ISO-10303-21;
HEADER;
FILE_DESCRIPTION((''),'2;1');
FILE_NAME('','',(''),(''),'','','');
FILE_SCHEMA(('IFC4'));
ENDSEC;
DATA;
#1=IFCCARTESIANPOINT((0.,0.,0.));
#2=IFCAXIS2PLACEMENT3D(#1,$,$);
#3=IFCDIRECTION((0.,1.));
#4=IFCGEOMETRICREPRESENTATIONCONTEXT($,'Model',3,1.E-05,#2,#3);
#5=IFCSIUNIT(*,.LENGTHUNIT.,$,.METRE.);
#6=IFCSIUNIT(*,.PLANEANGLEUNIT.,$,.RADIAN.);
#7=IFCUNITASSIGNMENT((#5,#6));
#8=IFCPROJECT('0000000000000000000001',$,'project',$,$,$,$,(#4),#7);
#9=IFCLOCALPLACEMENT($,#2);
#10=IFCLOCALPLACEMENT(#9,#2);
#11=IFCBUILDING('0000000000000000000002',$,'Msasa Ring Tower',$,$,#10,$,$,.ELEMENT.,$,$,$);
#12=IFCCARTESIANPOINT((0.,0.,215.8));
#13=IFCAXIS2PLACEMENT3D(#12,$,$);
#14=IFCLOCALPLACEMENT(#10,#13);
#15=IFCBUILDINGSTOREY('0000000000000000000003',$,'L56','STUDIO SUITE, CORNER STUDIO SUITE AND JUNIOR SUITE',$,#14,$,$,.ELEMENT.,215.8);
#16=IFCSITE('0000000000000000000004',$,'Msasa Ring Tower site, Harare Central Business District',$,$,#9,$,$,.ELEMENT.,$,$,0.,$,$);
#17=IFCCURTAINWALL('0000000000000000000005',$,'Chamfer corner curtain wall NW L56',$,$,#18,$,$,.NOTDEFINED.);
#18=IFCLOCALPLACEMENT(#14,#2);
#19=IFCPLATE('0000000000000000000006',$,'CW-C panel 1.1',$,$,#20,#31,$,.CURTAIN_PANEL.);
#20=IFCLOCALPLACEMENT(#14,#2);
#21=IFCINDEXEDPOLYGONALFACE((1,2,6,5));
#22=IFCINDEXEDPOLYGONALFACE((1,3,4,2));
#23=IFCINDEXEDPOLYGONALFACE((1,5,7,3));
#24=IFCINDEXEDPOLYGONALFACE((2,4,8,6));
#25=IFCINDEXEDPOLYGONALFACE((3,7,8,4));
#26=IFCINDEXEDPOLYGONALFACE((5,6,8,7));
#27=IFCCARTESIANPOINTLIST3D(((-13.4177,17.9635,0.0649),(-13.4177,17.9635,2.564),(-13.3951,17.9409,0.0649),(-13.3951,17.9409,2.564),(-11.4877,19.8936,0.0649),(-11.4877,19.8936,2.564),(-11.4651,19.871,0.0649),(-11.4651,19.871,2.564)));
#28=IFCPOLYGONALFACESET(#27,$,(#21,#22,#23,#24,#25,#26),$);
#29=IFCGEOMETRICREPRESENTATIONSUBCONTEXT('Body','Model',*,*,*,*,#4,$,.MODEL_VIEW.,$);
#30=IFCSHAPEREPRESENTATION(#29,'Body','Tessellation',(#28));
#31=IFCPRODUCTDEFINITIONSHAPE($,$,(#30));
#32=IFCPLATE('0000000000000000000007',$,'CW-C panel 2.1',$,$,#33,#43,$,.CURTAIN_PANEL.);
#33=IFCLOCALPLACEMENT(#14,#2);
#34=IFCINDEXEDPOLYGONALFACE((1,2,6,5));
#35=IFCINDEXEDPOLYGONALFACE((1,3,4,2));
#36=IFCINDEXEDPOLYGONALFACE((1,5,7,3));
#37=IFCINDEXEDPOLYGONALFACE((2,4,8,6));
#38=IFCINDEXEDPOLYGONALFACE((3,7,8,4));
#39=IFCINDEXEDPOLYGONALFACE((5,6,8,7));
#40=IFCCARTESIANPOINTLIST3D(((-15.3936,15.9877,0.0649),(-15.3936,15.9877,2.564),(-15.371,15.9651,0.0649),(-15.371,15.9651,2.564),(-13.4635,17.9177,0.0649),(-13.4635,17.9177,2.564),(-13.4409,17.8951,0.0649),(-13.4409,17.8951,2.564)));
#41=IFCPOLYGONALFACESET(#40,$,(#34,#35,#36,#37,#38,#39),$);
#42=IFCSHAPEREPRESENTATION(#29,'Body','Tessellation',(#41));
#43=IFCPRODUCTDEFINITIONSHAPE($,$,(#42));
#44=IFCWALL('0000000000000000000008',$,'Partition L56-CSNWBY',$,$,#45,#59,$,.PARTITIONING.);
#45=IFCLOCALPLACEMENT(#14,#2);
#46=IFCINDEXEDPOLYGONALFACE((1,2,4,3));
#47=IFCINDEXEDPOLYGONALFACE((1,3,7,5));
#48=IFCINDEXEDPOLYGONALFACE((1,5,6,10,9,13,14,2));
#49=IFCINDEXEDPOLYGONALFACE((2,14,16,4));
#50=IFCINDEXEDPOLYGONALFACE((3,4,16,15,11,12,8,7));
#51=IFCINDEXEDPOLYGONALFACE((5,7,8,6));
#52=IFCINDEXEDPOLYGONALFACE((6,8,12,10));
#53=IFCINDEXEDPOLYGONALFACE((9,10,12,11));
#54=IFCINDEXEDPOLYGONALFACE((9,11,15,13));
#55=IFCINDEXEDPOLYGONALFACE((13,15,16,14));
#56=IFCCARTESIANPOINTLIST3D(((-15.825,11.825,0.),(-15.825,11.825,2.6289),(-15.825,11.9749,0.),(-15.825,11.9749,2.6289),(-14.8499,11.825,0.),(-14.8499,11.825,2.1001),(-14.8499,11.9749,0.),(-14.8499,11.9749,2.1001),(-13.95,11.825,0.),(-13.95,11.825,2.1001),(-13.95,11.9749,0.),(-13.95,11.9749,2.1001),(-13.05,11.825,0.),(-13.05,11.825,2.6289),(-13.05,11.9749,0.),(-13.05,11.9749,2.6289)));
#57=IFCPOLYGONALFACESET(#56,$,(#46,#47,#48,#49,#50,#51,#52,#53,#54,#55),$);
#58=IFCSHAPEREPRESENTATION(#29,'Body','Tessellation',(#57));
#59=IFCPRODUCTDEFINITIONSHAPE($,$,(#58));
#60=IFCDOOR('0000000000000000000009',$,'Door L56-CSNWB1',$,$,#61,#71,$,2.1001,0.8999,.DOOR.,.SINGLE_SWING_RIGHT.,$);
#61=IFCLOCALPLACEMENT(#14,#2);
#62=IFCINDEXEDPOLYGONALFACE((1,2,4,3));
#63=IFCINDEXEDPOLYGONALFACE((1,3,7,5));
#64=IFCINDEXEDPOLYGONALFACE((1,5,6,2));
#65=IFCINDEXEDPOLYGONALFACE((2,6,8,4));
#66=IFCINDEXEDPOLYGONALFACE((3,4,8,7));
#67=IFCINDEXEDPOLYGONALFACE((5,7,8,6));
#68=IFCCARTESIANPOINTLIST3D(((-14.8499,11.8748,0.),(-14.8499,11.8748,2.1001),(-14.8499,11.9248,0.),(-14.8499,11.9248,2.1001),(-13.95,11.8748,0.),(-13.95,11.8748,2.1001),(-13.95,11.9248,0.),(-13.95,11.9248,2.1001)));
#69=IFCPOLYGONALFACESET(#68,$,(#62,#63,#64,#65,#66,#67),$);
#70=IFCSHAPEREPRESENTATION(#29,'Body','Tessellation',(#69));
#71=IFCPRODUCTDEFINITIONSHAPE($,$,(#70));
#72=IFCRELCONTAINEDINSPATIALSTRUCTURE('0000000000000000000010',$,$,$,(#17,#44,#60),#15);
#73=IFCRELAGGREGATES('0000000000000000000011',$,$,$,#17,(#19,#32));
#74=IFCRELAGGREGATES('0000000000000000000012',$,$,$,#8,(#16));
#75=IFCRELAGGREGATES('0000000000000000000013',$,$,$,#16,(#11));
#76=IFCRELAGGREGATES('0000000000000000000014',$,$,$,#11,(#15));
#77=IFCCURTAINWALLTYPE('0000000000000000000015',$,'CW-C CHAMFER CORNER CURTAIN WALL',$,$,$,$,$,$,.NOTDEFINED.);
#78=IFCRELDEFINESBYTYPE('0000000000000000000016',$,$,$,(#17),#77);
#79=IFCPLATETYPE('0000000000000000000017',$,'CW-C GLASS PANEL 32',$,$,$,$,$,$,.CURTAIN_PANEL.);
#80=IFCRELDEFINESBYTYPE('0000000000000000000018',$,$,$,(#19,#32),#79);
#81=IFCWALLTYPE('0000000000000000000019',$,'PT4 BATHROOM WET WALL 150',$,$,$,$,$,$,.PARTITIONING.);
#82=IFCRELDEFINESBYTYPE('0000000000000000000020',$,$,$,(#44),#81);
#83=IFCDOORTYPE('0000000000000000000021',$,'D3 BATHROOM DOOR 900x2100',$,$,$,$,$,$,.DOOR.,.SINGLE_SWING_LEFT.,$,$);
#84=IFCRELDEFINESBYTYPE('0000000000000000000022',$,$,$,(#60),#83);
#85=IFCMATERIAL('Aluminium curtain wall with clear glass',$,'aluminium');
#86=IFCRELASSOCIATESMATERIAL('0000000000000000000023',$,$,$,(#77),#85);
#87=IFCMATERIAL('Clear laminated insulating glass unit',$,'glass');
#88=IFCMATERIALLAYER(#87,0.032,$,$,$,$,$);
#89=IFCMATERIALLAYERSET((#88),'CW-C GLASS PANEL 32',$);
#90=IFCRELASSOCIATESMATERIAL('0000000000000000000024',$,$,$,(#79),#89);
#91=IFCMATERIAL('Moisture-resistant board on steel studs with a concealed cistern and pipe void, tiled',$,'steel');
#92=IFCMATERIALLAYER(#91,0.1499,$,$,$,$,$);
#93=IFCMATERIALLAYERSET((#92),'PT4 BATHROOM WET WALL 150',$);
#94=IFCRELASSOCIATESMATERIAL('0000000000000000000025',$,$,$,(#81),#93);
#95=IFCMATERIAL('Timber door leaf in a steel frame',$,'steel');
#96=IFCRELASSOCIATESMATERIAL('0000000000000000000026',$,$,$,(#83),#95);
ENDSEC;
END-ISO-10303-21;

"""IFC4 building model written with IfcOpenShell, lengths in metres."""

from ifc_helpers import new_model, si_unit, direction, frame, frame_2d, origin, origin_2d, place, context, subcontext, project, spatial, rectangle, extrude, material, layer, layer_set, type_object, element, fill, aggregate, save


model = new_model("IFC4")

# Units and contexts
model_context = context("Model", 3, precision=1e-05, world=origin(), true_north=direction((0.0, 1.0)))
body_context = subcontext(model_context, "Body", "Model", "MODEL_VIEW")
ifc_project = project(units=[si_unit("LENGTHUNIT", "METRE"), si_unit("PLANEANGLEUNIT", "RADIAN")], contexts=[model_context])

# Site, building, storey
site_placement = place(None, origin())
site = spatial("IfcSite", under=ifc_project, at=site_placement, Name="Msasa Ring Tower site, Harare Central Business District", CompositionType="ELEMENT", RefElevation=0.0)
building_placement = place(site_placement, origin())
building = spatial("IfcBuilding", under=site, at=building_placement, Name="Msasa Ring Tower", CompositionType="ELEMENT")
storey_placement = place(building_placement, frame((0.0, 0.0, 215.8)))
storey = spatial("IfcBuildingStorey", under=building, at=storey_placement, Name="L56", Description="STUDIO SUITE, CORNER STUDIO SUITE AND JUNIOR SUITE", CompositionType="ELEMENT", Elevation=215.8)

# Curtain wall
ifc_material_1 = material(Name="Aluminium curtain wall with clear glass", Category="aluminium")
curtain_wall_type = type_object("IfcCurtainWallType", Name="CW-C CHAMFER CORNER CURTAIN WALL", PredefinedType="NOTDEFINED", material=ifc_material_1)
curtain_wall_1_placement = place(storey_placement, origin())
curtain_wall_1 = element("IfcCurtainWall", 1, at=curtain_wall_1_placement, inside=storey, type_object=curtain_wall_type, Name="Chamfer corner curtain wall NW L56", PredefinedType="NOTDEFINED")

# Plates
ifc_material_2 = material(Name="Clear laminated insulating glass unit", Category="glass")
ifc_layer_1 = layer(ifc_material_2, 0.032)
ifc_layer_set_1 = layer_set([ifc_layer_1], Name="CW-C GLASS PANEL 32")
plate_type = type_object("IfcPlateType", Name="CW-C GLASS PANEL 32", PredefinedType="CURTAIN_PANEL", material=ifc_layer_set_1)
plate_1_placement = place(storey_placement, frame((-12.4414, 18.9172, 0.0649), z_axis=(0.0, 0.0, 1.0), x_axis=(-0.707107, -0.707107, 0.0)))
plate_1 = element("IfcPlate", 2, at=plate_1_placement, type_object=plate_type, Name="CW-C panel 1.1", PredefinedType="CURTAIN_PANEL", context=body_context, shape_type="SweptSolid", body=[
    extrude(rectangle(XDim=2.7295, YDim=0.032, at=origin_2d()), origin(), (0.0, 0.0, 1.0), 2.499),
])
plate_2_placement = place(storey_placement, frame((-14.4172, 16.9414, 0.0649), z_axis=(0.0, 0.0, 1.0), x_axis=(-0.707107, -0.707107, 0.0)))
plate_2 = element("IfcPlate", 3, at=plate_2_placement, type_object=plate_type, Name="CW-C panel 2.1", PredefinedType="CURTAIN_PANEL", context=body_context, shape_type="SweptSolid", body=[
    extrude(rectangle(XDim=2.7295, YDim=0.032, at=origin_2d()), origin(), (0.0, 0.0, 1.0), 2.499),
])
aggregate(curtain_wall_1, [plate_1, plate_2])

# Wall, opening, door
ifc_material_3 = material(Name="Moisture-resistant board on steel studs with a concealed cistern and pipe void, tiled", Category="steel")
ifc_layer_2 = layer(ifc_material_3, 0.1499)
ifc_layer_set_2 = layer_set([ifc_layer_2], Name="PT4 BATHROOM WET WALL 150")
wall_type = type_object("IfcWallType", Name="PT4 BATHROOM WET WALL 150", PredefinedType="PARTITIONING", material=ifc_layer_set_2)
wall_placement = place(storey_placement, frame((-15.825, 11.8999, 0.0), z_axis=(0.0, 0.0, 1.0), x_axis=(1.0, 0.0, 0.0)))
wall = element("IfcWall", 4, at=wall_placement, inside=storey, type_object=wall_type, Name="Partition L56-CSNWBY", PredefinedType="PARTITIONING", context=body_context, shape_type="SweptSolid", body=[
    extrude(rectangle(XDim=2.7749, YDim=0.1499, at=frame_2d((1.3875, 0.0))), origin(), (0.0, 0.0, 1.0), 2.6289),
])
opening_placement = place(wall_placement, frame((0.9751, 0.0, 0.0)))
opening = element("IfcOpeningElement", 5, at=opening_placement, cuts=wall, PredefinedType="OPENING", context=body_context, shape_type="SweptSolid", body=[
    extrude(rectangle(XDim=0.8999, YDim=2.1001, at=frame_2d((0.45, 1.05))), frame((0.0, 0.085, 0.0), z_axis=(0.0, -1.0, 0.0), x_axis=(1.0, 0.0, 0.0)), (0.0, 0.0, 1.0), 0.1699),
])
ifc_material_4 = material(Name="Timber door leaf in a steel frame", Category="steel")
door_type = type_object("IfcDoorType", Name="D3 BATHROOM DOOR 900x2100", OperationType="SINGLE_SWING_LEFT", PredefinedType="DOOR", material=ifc_material_4)
door_placement = place(opening_placement, origin())
door = element("IfcDoor", 6, at=door_placement, inside=storey, type_object=door_type, Name="Door L56-CSNWB1", OperationType="SINGLE_SWING_RIGHT", OverallHeight=2.1001, OverallWidth=0.8999, PredefinedType="DOOR", context=body_context, shape_type="SweptSolid", body=[
    extrude(rectangle(XDim=0.8999, YDim=2.1001, at=frame_2d((0.45, 1.05))), frame((0.0, 0.0249, 0.0), z_axis=(0.0, -1.0, 0.0), x_axis=(1.0, 0.0, 0.0)), (0.0, 0.0, 1.0), 0.05),
])
fill(opening, door)

save(model, "model.ifc")
